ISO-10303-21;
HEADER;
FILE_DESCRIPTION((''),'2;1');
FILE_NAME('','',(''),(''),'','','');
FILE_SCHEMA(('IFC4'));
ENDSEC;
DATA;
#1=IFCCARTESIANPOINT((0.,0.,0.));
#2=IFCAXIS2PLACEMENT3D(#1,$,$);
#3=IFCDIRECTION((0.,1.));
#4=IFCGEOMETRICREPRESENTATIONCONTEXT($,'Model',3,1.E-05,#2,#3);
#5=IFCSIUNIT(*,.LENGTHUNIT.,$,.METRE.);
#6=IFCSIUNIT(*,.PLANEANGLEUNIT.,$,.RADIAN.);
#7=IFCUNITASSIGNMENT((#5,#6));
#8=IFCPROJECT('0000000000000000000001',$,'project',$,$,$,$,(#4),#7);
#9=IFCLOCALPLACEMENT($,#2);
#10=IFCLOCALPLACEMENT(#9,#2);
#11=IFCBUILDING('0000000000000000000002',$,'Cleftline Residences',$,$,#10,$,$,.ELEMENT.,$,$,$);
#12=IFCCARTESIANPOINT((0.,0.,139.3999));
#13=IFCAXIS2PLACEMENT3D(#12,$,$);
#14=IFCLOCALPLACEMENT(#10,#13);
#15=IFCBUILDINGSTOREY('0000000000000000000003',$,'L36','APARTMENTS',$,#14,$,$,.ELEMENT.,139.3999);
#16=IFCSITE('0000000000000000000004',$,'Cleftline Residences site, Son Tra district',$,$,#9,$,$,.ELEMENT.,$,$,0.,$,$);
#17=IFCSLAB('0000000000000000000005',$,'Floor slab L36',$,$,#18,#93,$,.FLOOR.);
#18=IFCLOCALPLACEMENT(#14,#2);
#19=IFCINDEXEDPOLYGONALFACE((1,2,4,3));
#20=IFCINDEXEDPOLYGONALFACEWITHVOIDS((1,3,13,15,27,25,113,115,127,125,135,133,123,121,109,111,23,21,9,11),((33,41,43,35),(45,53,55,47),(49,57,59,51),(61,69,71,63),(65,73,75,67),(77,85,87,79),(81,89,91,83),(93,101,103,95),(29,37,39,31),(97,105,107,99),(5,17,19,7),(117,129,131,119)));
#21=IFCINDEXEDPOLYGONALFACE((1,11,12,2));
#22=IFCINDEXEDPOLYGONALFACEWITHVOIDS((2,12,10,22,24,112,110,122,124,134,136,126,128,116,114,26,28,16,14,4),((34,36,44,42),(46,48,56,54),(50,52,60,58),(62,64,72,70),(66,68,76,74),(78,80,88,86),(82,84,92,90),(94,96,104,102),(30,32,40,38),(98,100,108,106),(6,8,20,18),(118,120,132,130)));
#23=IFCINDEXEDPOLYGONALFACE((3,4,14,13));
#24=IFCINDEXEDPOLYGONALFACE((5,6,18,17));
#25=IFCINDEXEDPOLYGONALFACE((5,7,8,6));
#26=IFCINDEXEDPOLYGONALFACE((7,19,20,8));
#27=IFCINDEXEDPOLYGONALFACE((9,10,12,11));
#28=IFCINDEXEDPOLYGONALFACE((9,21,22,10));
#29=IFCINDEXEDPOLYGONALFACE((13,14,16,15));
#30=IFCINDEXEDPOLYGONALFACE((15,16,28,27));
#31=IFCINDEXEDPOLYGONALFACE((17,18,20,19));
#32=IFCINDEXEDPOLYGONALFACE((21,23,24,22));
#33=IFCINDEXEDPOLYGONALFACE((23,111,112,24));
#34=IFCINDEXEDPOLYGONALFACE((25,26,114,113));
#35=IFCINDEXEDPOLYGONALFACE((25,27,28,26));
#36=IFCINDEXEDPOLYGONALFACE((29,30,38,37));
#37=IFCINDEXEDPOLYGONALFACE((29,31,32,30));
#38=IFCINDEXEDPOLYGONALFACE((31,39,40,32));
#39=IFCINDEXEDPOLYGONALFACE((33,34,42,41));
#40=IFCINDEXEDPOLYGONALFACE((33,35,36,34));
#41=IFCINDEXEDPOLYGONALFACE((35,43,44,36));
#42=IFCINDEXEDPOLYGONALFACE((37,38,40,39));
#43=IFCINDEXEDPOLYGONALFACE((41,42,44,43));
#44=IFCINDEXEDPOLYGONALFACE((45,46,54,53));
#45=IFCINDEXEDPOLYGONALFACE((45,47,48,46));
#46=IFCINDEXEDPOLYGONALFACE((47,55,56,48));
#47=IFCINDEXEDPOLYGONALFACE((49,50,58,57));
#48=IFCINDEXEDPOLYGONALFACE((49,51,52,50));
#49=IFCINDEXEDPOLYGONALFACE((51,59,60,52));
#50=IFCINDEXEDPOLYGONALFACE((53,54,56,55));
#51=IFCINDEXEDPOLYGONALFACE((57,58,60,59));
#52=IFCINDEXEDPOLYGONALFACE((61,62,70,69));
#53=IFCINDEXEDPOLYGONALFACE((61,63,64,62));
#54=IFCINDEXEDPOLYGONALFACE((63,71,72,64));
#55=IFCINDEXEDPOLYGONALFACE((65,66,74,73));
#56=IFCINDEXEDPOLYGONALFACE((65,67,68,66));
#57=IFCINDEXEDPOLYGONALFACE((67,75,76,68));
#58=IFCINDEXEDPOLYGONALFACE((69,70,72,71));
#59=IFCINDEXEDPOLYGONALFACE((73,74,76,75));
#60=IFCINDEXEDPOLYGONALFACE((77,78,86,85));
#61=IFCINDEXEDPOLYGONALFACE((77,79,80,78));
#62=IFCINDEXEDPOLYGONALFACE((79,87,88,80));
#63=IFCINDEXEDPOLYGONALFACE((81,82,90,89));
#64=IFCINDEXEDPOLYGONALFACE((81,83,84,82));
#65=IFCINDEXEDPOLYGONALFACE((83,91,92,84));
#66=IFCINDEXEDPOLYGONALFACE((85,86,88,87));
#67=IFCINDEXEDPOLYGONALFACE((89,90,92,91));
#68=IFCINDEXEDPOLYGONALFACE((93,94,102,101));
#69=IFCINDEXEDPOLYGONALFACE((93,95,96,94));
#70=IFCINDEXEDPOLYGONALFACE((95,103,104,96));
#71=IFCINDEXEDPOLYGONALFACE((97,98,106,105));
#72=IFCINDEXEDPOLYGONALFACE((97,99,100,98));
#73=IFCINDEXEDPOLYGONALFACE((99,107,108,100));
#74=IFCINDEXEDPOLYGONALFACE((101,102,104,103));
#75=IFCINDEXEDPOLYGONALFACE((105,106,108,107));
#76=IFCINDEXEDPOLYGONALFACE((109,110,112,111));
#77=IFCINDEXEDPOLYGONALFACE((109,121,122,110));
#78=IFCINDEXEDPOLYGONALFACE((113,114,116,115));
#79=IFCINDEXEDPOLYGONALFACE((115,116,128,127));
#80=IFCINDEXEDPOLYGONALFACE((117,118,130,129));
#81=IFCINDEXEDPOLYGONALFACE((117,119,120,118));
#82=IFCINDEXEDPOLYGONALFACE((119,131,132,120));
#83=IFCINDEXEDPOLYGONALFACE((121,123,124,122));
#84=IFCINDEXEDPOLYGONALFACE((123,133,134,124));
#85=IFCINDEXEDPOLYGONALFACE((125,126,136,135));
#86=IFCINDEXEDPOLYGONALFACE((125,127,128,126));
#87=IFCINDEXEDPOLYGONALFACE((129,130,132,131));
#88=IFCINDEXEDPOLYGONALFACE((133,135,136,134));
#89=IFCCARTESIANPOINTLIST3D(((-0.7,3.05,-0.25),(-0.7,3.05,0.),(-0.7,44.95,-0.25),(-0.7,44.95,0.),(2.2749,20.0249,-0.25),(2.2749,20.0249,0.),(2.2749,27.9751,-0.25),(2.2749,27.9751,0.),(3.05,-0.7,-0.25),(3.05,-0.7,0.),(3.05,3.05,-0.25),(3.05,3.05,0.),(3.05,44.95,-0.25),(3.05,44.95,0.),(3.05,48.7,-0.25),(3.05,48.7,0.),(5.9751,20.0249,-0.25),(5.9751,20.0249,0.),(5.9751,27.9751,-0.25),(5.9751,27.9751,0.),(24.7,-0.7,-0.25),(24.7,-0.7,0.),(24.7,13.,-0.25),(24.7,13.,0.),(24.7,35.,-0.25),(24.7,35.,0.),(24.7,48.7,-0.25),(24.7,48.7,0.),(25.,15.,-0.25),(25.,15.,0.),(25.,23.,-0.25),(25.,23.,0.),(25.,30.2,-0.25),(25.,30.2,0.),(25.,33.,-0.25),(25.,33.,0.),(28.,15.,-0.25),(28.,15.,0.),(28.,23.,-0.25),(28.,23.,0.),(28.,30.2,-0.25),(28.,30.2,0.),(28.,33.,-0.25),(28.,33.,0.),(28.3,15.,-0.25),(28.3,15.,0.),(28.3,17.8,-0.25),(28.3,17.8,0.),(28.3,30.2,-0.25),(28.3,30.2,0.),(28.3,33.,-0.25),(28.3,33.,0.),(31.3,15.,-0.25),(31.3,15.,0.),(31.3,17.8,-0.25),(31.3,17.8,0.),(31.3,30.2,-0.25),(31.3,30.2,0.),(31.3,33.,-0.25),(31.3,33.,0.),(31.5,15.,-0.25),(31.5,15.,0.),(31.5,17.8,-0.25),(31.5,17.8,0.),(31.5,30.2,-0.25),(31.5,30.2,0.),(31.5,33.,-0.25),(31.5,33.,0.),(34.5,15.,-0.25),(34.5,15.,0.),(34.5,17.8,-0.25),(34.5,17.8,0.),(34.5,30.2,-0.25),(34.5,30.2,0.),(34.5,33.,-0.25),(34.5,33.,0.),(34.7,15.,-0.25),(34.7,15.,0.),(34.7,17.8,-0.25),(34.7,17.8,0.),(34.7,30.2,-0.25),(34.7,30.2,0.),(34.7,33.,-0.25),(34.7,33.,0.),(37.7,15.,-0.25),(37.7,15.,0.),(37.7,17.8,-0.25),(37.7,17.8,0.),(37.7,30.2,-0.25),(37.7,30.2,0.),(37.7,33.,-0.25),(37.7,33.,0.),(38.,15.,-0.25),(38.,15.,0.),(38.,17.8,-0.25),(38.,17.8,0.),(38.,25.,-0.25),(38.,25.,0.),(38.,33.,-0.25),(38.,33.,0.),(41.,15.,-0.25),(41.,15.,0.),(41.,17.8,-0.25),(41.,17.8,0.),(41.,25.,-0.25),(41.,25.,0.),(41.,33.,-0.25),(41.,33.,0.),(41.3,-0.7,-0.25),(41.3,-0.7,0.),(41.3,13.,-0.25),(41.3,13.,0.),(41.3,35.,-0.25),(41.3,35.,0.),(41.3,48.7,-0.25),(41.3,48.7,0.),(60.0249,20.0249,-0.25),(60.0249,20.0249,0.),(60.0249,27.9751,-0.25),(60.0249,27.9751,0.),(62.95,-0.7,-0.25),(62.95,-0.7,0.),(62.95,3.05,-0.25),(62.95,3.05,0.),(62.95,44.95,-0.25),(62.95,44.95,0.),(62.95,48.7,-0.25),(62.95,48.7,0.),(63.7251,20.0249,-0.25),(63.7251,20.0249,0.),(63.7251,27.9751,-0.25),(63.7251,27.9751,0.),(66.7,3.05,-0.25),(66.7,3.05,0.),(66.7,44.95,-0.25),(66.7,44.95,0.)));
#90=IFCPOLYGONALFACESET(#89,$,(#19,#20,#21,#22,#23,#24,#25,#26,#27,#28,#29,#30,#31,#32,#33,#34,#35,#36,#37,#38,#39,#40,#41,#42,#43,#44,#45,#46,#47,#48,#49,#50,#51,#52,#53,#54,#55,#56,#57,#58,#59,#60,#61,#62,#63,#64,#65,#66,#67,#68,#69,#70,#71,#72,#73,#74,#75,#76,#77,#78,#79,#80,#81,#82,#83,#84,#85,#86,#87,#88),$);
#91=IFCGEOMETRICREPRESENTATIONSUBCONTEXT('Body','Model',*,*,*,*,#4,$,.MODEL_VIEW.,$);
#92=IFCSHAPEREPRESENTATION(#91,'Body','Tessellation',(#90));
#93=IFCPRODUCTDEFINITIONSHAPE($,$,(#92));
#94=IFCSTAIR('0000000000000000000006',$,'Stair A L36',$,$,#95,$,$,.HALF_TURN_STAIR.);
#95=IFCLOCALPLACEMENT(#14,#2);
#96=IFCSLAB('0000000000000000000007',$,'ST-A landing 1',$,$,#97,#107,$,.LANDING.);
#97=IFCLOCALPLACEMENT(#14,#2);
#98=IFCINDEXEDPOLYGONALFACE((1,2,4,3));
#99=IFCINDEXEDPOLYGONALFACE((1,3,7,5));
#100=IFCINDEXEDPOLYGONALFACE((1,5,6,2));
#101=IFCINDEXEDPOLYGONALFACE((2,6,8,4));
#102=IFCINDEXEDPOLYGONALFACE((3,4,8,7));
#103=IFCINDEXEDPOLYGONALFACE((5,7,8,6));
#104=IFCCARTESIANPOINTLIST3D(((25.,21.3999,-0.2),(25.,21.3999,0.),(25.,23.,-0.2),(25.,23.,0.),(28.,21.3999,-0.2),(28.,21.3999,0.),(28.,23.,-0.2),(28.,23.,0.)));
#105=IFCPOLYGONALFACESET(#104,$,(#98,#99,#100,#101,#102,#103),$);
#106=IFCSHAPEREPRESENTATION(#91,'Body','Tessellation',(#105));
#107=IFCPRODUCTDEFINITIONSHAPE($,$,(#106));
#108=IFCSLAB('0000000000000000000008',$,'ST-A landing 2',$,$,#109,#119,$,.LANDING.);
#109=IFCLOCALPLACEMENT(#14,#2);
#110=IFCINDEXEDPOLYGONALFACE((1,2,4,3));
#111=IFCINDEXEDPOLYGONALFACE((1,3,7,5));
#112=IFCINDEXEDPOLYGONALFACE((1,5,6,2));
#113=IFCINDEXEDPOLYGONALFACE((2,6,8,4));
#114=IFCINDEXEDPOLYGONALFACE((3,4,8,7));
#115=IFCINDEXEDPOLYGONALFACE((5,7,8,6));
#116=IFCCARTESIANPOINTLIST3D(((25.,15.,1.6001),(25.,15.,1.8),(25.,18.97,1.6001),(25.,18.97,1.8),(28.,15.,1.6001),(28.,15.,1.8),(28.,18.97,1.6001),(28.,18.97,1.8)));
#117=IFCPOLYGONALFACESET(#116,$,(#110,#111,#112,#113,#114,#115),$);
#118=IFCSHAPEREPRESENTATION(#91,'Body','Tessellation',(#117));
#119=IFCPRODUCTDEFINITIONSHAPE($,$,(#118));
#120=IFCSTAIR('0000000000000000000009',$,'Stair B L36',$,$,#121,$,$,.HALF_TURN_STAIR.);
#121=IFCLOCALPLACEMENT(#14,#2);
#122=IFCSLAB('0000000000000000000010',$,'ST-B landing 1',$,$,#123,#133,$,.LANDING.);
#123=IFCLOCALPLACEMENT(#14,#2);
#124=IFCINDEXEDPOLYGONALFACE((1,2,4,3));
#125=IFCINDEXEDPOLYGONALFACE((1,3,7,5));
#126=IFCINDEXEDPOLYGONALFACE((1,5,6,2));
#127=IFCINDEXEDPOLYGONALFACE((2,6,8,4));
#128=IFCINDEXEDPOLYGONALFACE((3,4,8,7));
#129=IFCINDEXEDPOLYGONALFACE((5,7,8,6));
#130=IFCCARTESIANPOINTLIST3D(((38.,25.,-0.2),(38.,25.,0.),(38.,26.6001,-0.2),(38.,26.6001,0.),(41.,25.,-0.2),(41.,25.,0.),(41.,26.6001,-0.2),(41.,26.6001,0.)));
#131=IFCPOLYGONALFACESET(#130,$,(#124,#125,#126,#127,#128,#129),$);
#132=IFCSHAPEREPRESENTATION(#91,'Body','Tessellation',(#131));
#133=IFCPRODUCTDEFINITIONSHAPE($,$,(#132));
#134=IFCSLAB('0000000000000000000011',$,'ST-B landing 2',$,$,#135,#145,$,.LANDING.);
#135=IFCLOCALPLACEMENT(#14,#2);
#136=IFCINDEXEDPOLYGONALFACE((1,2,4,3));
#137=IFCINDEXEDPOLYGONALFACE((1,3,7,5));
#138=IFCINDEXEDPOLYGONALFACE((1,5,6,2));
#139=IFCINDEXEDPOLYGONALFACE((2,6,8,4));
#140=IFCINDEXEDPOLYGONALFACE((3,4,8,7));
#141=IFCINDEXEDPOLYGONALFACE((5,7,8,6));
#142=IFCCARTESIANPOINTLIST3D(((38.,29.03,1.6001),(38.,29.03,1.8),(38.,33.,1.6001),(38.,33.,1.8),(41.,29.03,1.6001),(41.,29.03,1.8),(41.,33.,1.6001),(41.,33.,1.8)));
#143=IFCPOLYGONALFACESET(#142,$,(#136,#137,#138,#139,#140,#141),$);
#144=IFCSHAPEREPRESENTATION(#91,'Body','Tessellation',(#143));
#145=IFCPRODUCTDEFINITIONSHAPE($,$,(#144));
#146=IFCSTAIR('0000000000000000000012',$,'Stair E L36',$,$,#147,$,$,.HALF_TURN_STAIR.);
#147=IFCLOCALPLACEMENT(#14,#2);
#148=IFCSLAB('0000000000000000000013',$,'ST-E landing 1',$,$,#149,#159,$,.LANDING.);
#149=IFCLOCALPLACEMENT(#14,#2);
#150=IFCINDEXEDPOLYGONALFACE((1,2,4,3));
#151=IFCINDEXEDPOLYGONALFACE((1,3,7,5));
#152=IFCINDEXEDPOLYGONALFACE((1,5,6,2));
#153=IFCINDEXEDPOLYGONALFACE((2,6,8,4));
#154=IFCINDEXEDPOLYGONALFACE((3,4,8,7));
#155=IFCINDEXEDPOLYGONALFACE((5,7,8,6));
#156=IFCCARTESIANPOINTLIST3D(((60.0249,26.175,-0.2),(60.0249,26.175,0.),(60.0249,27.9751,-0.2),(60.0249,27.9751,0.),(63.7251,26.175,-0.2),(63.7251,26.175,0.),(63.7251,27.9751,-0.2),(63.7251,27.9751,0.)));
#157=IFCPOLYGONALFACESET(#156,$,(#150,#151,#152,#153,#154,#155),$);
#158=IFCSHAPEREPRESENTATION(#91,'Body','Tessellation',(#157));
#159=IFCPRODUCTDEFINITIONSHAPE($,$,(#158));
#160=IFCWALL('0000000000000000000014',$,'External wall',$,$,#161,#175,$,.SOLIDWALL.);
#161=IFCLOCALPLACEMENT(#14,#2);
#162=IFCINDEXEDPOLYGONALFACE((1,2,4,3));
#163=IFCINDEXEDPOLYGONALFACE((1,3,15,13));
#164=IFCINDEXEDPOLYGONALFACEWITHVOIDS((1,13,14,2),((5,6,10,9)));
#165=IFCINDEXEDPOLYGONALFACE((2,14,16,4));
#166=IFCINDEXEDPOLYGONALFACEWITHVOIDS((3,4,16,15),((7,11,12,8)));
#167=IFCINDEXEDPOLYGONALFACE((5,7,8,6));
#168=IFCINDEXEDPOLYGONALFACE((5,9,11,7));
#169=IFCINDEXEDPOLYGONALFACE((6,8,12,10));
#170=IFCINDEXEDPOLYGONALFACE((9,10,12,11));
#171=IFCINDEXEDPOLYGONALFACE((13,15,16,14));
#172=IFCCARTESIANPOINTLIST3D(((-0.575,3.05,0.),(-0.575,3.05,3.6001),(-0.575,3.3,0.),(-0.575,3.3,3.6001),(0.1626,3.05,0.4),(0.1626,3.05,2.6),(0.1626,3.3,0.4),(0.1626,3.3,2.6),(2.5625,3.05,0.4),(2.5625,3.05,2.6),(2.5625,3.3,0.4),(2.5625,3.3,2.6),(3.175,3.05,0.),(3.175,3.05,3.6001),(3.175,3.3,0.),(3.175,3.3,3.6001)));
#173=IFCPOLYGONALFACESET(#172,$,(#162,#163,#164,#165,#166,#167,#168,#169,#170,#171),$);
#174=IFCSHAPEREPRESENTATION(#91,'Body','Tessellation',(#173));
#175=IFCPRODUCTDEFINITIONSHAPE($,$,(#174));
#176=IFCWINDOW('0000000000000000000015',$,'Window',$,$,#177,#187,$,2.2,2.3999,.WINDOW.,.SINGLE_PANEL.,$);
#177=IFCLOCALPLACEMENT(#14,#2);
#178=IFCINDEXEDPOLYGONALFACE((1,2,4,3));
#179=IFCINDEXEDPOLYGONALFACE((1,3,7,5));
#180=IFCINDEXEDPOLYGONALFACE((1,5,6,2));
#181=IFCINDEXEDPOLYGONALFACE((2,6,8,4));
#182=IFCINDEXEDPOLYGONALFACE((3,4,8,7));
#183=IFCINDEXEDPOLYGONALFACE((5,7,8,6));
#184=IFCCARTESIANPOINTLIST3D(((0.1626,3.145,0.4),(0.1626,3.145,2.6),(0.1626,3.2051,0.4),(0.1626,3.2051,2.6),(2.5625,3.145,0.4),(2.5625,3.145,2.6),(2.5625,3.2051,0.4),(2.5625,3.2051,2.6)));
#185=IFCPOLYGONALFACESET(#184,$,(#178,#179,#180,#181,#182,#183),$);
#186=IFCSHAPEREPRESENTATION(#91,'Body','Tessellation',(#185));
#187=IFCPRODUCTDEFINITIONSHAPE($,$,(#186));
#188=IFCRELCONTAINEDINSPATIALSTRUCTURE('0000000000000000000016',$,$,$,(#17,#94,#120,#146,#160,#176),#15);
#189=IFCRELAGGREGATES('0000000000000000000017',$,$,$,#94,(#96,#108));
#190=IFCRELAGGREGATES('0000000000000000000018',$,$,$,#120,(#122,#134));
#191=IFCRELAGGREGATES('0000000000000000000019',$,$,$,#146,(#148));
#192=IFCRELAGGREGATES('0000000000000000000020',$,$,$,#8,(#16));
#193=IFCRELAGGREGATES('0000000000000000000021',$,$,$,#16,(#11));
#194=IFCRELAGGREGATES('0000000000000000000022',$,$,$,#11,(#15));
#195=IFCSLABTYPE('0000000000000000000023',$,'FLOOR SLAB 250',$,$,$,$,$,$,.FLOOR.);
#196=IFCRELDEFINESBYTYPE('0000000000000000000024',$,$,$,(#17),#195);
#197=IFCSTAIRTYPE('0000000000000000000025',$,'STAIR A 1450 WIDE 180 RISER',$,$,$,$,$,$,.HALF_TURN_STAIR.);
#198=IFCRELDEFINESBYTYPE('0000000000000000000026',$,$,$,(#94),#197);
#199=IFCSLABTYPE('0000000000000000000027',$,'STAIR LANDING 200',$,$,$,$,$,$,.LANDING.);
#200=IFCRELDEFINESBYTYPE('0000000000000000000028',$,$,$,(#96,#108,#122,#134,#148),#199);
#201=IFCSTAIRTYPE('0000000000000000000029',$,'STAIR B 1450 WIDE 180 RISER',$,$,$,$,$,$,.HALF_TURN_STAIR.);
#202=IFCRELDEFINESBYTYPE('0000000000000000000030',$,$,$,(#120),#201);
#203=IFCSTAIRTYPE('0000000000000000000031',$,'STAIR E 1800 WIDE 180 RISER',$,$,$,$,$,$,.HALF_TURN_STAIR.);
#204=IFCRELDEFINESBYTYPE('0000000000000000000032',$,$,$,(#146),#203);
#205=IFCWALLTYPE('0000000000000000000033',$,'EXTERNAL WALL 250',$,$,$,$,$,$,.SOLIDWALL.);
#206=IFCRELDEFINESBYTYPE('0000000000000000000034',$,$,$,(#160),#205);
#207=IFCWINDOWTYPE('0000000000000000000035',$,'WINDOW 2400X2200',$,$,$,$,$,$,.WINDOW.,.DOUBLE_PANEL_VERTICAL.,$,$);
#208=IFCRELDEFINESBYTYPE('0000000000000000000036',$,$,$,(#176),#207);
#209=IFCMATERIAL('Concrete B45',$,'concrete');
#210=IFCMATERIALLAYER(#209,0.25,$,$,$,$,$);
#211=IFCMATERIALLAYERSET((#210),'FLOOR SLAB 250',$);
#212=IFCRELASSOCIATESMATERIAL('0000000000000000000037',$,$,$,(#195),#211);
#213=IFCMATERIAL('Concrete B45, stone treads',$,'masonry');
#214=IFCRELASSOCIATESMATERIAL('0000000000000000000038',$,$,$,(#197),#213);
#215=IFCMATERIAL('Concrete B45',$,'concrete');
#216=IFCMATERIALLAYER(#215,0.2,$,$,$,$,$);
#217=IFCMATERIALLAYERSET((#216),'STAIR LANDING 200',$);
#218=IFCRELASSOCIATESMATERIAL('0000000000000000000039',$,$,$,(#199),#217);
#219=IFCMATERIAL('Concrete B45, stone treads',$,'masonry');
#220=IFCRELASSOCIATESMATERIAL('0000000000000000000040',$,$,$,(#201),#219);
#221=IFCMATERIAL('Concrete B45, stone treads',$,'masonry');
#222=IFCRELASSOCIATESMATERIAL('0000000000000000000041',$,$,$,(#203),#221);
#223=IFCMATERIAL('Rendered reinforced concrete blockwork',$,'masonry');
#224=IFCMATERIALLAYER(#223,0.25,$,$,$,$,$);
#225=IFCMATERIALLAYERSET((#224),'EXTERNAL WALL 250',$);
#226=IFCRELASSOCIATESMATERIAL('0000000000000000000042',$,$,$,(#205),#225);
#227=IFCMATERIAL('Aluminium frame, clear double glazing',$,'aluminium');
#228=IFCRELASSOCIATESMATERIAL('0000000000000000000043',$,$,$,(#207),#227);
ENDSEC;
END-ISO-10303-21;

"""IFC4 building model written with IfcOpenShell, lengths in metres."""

from ifc_helpers import new_model, si_unit, direction, frame, frame_2d, origin, place, context, subcontext, project, spatial, polyline, rectangle, outline, extrude, material, layer, layer_set, type_object, element, fill, aggregate, save


model = new_model("IFC4")

# Units and contexts
model_context = context("Model", 3, precision=1e-05, world=origin(), true_north=direction((0.0, 1.0)))
body_context = subcontext(model_context, "Body", "Model", "MODEL_VIEW")
ifc_project = project(units=[si_unit("LENGTHUNIT", "METRE"), si_unit("PLANEANGLEUNIT", "RADIAN")], contexts=[model_context])

# Site, building, storey
site_placement = place(None, origin())
site = spatial("IfcSite", under=ifc_project, at=site_placement, Name="Cleftline Residences site, Son Tra district", CompositionType="ELEMENT", RefElevation=0.0)
building_placement = place(site_placement, origin())
building = spatial("IfcBuilding", under=site, at=building_placement, Name="Cleftline Residences", CompositionType="ELEMENT")
storey_placement = place(building_placement, frame((0.0, 0.0, 139.3999)))
storey = spatial("IfcBuildingStorey", under=building, at=storey_placement, Name="L36", Description="APARTMENTS", CompositionType="ELEMENT", Elevation=139.3999)

# Slab
ifc_material_1 = material(Name="Concrete B45", Category="concrete")
ifc_layer_1 = layer(ifc_material_1, 0.25)
ifc_layer_set_1 = layer_set([ifc_layer_1], Name="FLOOR SLAB 250")
slab_type_1 = type_object("IfcSlabType", Name="FLOOR SLAB 250", PredefinedType="FLOOR", material=ifc_layer_set_1)
slab_1_placement = place(storey_placement, frame((0.0, 0.0, -0.25)))
element("IfcSlab", 1, at=slab_1_placement, inside=storey, type_object=slab_type_1, Name="Floor slab L36", PredefinedType="FLOOR", context=body_context, shape_type="SweptSolid", body=[
    extrude(outline(polyline([(24.7, 13.0), (41.3, 13.0), (41.3, -0.7), (62.95, -0.7), (62.95, 3.05), (66.7, 3.05), (66.7, 44.95), (62.95, 44.95), (62.95, 48.7), (41.3, 48.7), (41.3, 35.0), (24.7, 35.0), (24.7, 48.7), (3.05, 48.7), (3.05, 44.95), (-0.7, 44.95), (-0.7, 3.05), (3.05, 3.05), (3.05, -0.7), (24.7, -0.7), (24.7, 13.0)]), holes=[polyline([(28.0, 15.0), (28.0, 23.0), (25.0, 23.0), (25.0, 15.0), (28.0, 15.0)]), polyline([(41.0, 25.0), (41.0, 33.0), (38.0, 33.0), (38.0, 25.0), (41.0, 25.0)]), polyline([(28.0, 30.2), (28.0, 33.0), (25.0, 33.0), (25.0, 30.2), (28.0, 30.2)]), polyline([(41.0, 15.0), (41.0, 17.8), (38.0, 17.8), (38.0, 15.0), (41.0, 15.0)]), polyline([(31.3, 15.0), (31.3, 17.8), (28.3, 17.8), (28.3, 15.0), (31.3, 15.0)]), polyline([(34.5, 15.0), (34.5, 17.8), (31.5, 17.8), (31.5, 15.0), (34.5, 15.0)]), polyline([(37.7, 15.0), (37.7, 17.8), (34.7, 17.8), (34.7, 15.0), (37.7, 15.0)]), polyline([(31.3, 30.2), (31.3, 33.0), (28.3, 33.0), (28.3, 30.2), (31.3, 30.2)]), polyline([(34.5, 30.2), (34.5, 33.0), (31.5, 33.0), (31.5, 30.2), (34.5, 30.2)]), polyline([(37.7, 30.2), (37.7, 33.0), (34.7, 33.0), (34.7, 30.2), (37.7, 30.2)]), polyline([(63.7251, 20.0249), (63.7251, 27.9751), (60.0249, 27.9751), (60.0249, 20.0249), (63.7251, 20.0249)]), polyline([(5.9751, 20.0249), (5.9751, 27.9751), (2.2749, 27.9751), (2.2749, 20.0249), (5.9751, 20.0249)])]), origin(), (0.0, 0.0, 1.0), 0.25),
])

# Stairs, slabs
ifc_material_2 = material(Name="Concrete B45, stone treads", Category="masonry")
stair_type_1 = type_object("IfcStairType", Name="STAIR A 1450 WIDE 180 RISER", PredefinedType="HALF_TURN_STAIR", material=ifc_material_2)
stair_1_placement = place(storey_placement, origin())
stair_1 = element("IfcStair", 2, at=stair_1_placement, inside=storey, type_object=stair_type_1, Name="Stair A L36", PredefinedType="HALF_TURN_STAIR")
ifc_material_3 = material(Name="Concrete B45", Category="concrete")
ifc_layer_2 = layer(ifc_material_3, 0.2)
ifc_layer_set_2 = layer_set([ifc_layer_2], Name="STAIR LANDING 200")
slab_type_2 = type_object("IfcSlabType", Name="STAIR LANDING 200", PredefinedType="LANDING", material=ifc_layer_set_2)
slab_2_placement = place(storey_placement, frame((0.0, 0.0, -0.2)))
slab_2 = element("IfcSlab", 3, at=slab_2_placement, type_object=slab_type_2, Name="ST-A landing 1", PredefinedType="LANDING", context=body_context, shape_type="SweptSolid", body=[
    extrude(outline(polyline([(25.0, 21.3999), (28.0, 21.3999), (28.0, 23.0), (25.0, 23.0), (25.0, 21.3999)])), origin(), (0.0, 0.0, 1.0), 0.2),
])
slab_3_placement = place(storey_placement, frame((0.0, 0.0, 1.6001)))
slab_3 = element("IfcSlab", 4, at=slab_3_placement, type_object=slab_type_2, Name="ST-A landing 2", PredefinedType="LANDING", context=body_context, shape_type="SweptSolid", body=[
    extrude(outline(polyline([(25.0, 15.0), (28.0, 15.0), (28.0, 18.97), (25.0, 18.97), (25.0, 15.0)])), origin(), (0.0, 0.0, 1.0), 0.2),
])
aggregate(stair_1, [slab_2, slab_3])
ifc_material_4 = material(Name="Concrete B45, stone treads", Category="masonry")
stair_type_2 = type_object("IfcStairType", Name="STAIR B 1450 WIDE 180 RISER", PredefinedType="HALF_TURN_STAIR", material=ifc_material_4)
stair_2_placement = place(storey_placement, origin())
stair_2 = element("IfcStair", 5, at=stair_2_placement, inside=storey, type_object=stair_type_2, Name="Stair B L36", PredefinedType="HALF_TURN_STAIR")
slab_4_placement = place(storey_placement, frame((0.0, 0.0, -0.2)))
slab_4 = element("IfcSlab", 6, at=slab_4_placement, type_object=slab_type_2, Name="ST-B landing 1", PredefinedType="LANDING", context=body_context, shape_type="SweptSolid", body=[
    extrude(outline(polyline([(38.0, 25.0), (41.0, 25.0), (41.0, 26.6001), (38.0, 26.6001), (38.0, 25.0)])), origin(), (0.0, 0.0, 1.0), 0.2),
])
slab_5_placement = place(storey_placement, frame((0.0, 0.0, 1.6001)))
slab_5 = element("IfcSlab", 7, at=slab_5_placement, type_object=slab_type_2, Name="ST-B landing 2", PredefinedType="LANDING", context=body_context, shape_type="SweptSolid", body=[
    extrude(outline(polyline([(38.0, 29.03), (41.0, 29.03), (41.0, 33.0), (38.0, 33.0), (38.0, 29.03)])), origin(), (0.0, 0.0, 1.0), 0.2),
])
aggregate(stair_2, [slab_4, slab_5])

# Stair, slab
ifc_material_5 = material(Name="Concrete B45, stone treads", Category="masonry")
stair_type_3 = type_object("IfcStairType", Name="STAIR E 1800 WIDE 180 RISER", PredefinedType="HALF_TURN_STAIR", material=ifc_material_5)
stair_3_placement = place(storey_placement, origin())
stair_3 = element("IfcStair", 8, at=stair_3_placement, inside=storey, type_object=stair_type_3, Name="Stair E L36", PredefinedType="HALF_TURN_STAIR")
slab_6_placement = place(storey_placement, frame((0.0, 0.0, -0.2)))
slab_6 = element("IfcSlab", 9, at=slab_6_placement, type_object=slab_type_2, Name="ST-E landing 1", PredefinedType="LANDING", context=body_context, shape_type="SweptSolid", body=[
    extrude(outline(polyline([(60.0249, 26.175), (63.7251, 26.175), (63.7251, 27.9751), (60.0249, 27.9751), (60.0249, 26.175)])), origin(), (0.0, 0.0, 1.0), 0.2),
])
aggregate(stair_3, [slab_6])

# Wall, opening, window
ifc_material_6 = material(Name="Rendered reinforced concrete blockwork", Category="masonry")
ifc_layer_3 = layer(ifc_material_6, 0.25)
ifc_layer_set_3 = layer_set([ifc_layer_3], Name="EXTERNAL WALL 250")
wall_type = type_object("IfcWallType", Name="EXTERNAL WALL 250", PredefinedType="SOLIDWALL", material=ifc_layer_set_3)
wall_placement = place(storey_placement, frame((-0.575, 3.175, 0.0), z_axis=(0.0, 0.0, 1.0), x_axis=(1.0, 0.0, 0.0)))
wall = element("IfcWall", 10, at=wall_placement, inside=storey, type_object=wall_type, Name="External wall", PredefinedType="SOLIDWALL", context=body_context, shape_type="SweptSolid", body=[
    extrude(rectangle(XDim=3.75, YDim=0.25, at=frame_2d((1.875, 0.0))), origin(), (0.0, 0.0, 1.0), 3.6001),
])
opening_placement = place(wall_placement, frame((0.7375, 0.0, 0.3999)))
opening = element("IfcOpeningElement", 11, at=opening_placement, cuts=wall, PredefinedType="OPENING", context=body_context, shape_type="SweptSolid", body=[
    extrude(rectangle(XDim=2.3999, YDim=2.2, at=frame_2d((1.2, 1.1001))), frame((0.0, 0.135, 0.0), z_axis=(0.0, -1.0, 0.0), x_axis=(1.0, 0.0, 0.0)), (0.0, 0.0, 1.0), 0.27),
])
ifc_material_7 = material(Name="Aluminium frame, clear double glazing", Category="aluminium")
window_type = type_object("IfcWindowType", Name="WINDOW 2400X2200", PartitioningType="DOUBLE_PANEL_VERTICAL", PredefinedType="WINDOW", material=ifc_material_7)
window_placement = place(opening_placement, origin())
window = element("IfcWindow", 12, at=window_placement, inside=storey, type_object=window_type, Name="Window", OverallHeight=2.2, OverallWidth=2.3999, PartitioningType="SINGLE_PANEL", PredefinedType="WINDOW", context=body_context, shape_type="SweptSolid", body=[
    extrude(rectangle(XDim=2.3999, YDim=2.2, at=frame_2d((1.2, 1.1001))), frame((0.0, 0.03, 0.0), z_axis=(0.0, -1.0, 0.0), x_axis=(1.0, 0.0, 0.0)), (0.0, 0.0, 1.0), 0.0601),
])
fill(opening, window)

save(model, "model.ifc")
